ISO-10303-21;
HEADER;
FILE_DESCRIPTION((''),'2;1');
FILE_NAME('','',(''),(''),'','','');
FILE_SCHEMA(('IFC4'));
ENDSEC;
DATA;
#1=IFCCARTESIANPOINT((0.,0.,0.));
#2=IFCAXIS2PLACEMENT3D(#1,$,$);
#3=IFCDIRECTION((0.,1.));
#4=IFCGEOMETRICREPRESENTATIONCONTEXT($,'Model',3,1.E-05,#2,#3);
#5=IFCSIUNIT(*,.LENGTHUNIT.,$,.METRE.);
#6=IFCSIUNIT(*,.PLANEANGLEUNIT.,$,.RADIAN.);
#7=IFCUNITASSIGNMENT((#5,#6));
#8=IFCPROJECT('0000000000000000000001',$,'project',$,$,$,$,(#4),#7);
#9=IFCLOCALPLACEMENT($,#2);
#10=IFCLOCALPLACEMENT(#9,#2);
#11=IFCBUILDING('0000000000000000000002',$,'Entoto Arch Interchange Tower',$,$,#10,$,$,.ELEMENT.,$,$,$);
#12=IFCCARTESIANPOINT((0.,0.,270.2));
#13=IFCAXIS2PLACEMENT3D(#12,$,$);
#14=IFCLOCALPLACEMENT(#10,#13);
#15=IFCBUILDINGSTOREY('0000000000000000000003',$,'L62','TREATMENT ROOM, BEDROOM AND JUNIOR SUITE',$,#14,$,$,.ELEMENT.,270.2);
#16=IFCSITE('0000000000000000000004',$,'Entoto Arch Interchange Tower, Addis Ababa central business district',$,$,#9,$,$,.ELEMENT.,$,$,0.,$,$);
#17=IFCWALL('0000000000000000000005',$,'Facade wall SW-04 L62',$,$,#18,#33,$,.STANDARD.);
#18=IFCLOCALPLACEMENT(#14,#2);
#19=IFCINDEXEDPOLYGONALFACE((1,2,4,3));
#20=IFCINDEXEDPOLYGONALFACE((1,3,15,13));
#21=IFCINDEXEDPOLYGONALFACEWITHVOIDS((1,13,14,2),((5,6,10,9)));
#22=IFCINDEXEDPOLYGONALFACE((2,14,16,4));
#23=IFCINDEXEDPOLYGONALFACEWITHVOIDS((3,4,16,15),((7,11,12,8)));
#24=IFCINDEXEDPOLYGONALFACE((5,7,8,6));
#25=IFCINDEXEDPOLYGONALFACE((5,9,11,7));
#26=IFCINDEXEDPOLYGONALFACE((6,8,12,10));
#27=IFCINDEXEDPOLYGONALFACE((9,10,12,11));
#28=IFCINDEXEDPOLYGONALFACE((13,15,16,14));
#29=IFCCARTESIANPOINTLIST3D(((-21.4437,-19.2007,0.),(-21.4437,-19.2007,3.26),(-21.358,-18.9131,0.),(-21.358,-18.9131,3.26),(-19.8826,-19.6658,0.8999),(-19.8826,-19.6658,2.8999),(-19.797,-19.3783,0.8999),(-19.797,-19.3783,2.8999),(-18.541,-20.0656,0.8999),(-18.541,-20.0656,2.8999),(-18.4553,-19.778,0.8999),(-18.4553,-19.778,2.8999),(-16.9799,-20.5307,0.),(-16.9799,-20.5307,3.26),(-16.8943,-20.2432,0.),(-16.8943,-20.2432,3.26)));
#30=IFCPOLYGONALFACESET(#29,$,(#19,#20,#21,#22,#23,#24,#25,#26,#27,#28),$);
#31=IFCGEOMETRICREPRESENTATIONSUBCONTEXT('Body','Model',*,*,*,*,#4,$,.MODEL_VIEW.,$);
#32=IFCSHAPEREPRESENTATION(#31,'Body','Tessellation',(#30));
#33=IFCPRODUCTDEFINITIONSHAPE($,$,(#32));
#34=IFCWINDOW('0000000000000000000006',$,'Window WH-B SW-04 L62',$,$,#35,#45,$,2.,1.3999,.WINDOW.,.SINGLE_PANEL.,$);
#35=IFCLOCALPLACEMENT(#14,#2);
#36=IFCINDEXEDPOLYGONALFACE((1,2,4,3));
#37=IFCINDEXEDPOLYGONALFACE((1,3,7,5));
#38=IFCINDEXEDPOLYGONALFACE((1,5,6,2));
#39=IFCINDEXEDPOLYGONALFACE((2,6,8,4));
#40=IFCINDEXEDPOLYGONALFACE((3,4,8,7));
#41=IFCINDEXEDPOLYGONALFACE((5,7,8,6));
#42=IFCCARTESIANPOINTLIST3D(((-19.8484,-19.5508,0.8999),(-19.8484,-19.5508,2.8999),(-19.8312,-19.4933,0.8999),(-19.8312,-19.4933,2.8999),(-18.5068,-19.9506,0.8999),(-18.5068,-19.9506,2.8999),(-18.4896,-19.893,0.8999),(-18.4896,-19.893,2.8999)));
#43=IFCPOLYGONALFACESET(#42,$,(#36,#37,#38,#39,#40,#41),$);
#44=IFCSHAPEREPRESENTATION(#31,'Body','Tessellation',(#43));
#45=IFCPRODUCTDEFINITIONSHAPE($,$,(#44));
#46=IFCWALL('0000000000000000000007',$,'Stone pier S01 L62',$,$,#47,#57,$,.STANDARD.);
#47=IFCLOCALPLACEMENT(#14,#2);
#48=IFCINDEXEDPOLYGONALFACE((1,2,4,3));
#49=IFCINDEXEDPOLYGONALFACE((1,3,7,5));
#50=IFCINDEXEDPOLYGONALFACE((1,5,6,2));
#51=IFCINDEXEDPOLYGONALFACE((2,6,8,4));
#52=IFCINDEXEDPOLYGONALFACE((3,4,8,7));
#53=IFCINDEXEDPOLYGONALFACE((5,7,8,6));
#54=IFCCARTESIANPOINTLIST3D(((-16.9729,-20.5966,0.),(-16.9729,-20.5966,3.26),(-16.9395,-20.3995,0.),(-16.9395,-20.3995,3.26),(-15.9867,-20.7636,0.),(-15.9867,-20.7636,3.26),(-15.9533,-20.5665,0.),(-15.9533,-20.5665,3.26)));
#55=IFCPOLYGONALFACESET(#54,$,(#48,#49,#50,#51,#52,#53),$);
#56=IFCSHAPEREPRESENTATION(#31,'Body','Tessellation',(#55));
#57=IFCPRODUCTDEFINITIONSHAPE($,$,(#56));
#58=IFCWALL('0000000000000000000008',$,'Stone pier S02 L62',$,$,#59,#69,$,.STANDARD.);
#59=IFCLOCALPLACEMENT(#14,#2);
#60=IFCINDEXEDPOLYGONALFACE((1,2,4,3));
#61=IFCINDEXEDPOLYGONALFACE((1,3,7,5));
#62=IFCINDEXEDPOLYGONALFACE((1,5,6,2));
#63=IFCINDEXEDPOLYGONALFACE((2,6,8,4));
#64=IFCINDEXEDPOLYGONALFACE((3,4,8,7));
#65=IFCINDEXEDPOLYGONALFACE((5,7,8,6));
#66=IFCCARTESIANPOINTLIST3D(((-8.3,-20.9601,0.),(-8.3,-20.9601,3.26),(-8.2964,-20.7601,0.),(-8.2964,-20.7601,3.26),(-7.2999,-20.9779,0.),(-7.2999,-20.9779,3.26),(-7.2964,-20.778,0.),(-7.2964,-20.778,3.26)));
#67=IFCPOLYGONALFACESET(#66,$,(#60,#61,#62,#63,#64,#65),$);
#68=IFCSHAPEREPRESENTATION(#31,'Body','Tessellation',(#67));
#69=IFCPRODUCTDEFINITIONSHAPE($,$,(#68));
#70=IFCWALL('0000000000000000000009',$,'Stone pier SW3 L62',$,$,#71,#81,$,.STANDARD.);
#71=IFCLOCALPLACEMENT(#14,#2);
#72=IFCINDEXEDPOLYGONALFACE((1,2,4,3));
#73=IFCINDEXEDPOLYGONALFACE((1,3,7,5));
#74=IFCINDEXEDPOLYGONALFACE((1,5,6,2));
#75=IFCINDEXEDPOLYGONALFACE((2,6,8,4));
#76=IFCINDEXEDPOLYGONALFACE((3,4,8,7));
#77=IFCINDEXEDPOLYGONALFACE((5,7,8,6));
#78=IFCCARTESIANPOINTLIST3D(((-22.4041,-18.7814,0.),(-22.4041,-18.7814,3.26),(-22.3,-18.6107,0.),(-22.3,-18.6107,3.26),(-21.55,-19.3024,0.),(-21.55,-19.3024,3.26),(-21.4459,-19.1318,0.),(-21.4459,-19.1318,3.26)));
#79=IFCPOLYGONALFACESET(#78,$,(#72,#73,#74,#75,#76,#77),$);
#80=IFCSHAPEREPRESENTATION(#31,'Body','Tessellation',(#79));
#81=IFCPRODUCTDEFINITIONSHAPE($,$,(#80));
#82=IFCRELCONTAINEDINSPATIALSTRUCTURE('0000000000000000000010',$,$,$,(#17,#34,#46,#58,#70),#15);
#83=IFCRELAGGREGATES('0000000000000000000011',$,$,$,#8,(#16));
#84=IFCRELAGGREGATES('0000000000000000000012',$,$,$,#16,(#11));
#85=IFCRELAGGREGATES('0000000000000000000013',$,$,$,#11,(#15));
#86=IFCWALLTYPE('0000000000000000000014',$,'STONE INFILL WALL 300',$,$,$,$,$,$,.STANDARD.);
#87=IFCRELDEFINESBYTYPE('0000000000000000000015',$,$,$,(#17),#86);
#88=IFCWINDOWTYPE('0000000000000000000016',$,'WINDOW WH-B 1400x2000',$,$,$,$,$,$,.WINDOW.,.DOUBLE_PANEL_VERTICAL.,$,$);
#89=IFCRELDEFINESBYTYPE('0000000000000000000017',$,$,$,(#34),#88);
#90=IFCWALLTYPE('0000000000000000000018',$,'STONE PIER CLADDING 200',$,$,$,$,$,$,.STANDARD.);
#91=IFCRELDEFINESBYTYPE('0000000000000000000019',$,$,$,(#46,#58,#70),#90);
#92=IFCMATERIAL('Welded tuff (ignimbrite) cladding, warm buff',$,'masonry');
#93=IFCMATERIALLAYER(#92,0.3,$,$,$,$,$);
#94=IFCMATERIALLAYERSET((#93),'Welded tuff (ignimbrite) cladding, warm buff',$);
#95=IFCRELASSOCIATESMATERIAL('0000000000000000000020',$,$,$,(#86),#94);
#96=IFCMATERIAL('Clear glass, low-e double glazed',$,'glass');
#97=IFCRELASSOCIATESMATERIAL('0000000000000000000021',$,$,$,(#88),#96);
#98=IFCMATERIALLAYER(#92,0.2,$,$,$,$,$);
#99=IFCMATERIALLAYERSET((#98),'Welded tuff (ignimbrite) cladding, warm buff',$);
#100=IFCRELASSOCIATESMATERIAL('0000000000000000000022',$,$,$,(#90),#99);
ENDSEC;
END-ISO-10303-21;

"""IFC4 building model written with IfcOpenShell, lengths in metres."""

from ifc_helpers import new_model, si_unit, direction, frame, frame_2d, origin, place, context, subcontext, project, spatial, rectangle, extrude, material, layer, layer_set, type_object, element, fill, save


model = new_model("IFC4")

# Units and contexts
model_context = context("Model", 3, precision=1e-05, world=origin(), true_north=direction((0.0, 1.0)))
body_context = subcontext(model_context, "Body", "Model", "MODEL_VIEW")
ifc_project = project(units=[si_unit("LENGTHUNIT", "METRE"), si_unit("PLANEANGLEUNIT", "RADIAN")], contexts=[model_context])

# Site, building, storey
site_placement = place(None, origin())
site = spatial("IfcSite", under=ifc_project, at=site_placement, Name="Entoto Arch Interchange Tower, Addis Ababa central business district", CompositionType="ELEMENT", RefElevation=0.0)
building_placement = place(site_placement, origin())
building = spatial("IfcBuilding", under=site, at=building_placement, Name="Entoto Arch Interchange Tower", CompositionType="ELEMENT")
storey_placement = place(building_placement, frame((0.0, 0.0, 270.2)))
storey = spatial("IfcBuildingStorey", under=building, at=storey_placement, Name="L62", Description="TREATMENT ROOM, BEDROOM AND JUNIOR SUITE", CompositionType="ELEMENT", Elevation=270.2)

# Shared definitions
ifc_material_1 = material(Name="Welded tuff (ignimbrite) cladding, warm buff", Category="masonry")
ifc_layer_1 = layer(ifc_material_1, 0.3)
ifc_layer_set_1 = layer_set([ifc_layer_1], Name="Welded tuff (ignimbrite) cladding, warm buff")
wall_type_1 = type_object("IfcWallType", Name="STONE INFILL WALL 300", PredefinedType="STANDARD", material=ifc_layer_set_1)
ifc_material_2 = material(Name="Clear glass, low-e double glazed", Category="glass")

# Wall, opening, window
window_type_1 = type_object("IfcWindowType", Name="WINDOW WH-B 1400x2000", PartitioningType="DOUBLE_PANEL_VERTICAL", PredefinedType="WINDOW", material=ifc_material_2)
wall_1_placement = place(storey_placement, frame((-21.4009, -19.0569, 0.0), z_axis=(0.0, 0.0, 1.0), x_axis=(0.958361, -0.285559, 0.0)))
wall_1 = element("IfcWall", 1, at=wall_1_placement, inside=storey, type_object=wall_type_1, Name="Facade wall SW-04 L62", PredefinedType="STANDARD", context=body_context, shape_type="SweptSolid", body=[
    extrude(rectangle(XDim=4.6577, YDim=0.3, at=frame_2d((2.3289, 0.0))), origin(), (0.0, 0.0, 1.0), 3.26),
])
opening_1_placement = place(wall_1_placement, frame((1.6289, 0.0, 0.8999)))
opening_1 = element("IfcOpeningElement", 2, at=opening_1_placement, cuts=wall_1, PredefinedType="OPENING", context=body_context, shape_type="SweptSolid", body=[
    extrude(rectangle(XDim=1.3999, YDim=2.0, at=frame_2d((0.7, 1.0))), frame((0.0, 0.1602, 0.0), z_axis=(0.0, -1.0, 0.0), x_axis=(1.0, 0.0, 0.0)), (0.0, 0.0, 1.0), 0.3201),
])
window_1_placement = place(opening_1_placement, origin())
window_1 = element("IfcWindow", 3, at=window_1_placement, inside=storey, type_object=window_type_1, Name="Window WH-B SW-04 L62", OverallHeight=2.0, OverallWidth=1.3999, PartitioningType="SINGLE_PANEL", PredefinedType="WINDOW", context=body_context, shape_type="SweptSolid", body=[
    extrude(rectangle(XDim=1.3999, YDim=2.0, at=frame_2d((0.7, 1.0))), frame((0.0, 0.03, 0.0), z_axis=(0.0, -1.0, 0.0), x_axis=(1.0, 0.0, 0.0)), (0.0, 0.0, 1.0), 0.0601),
])
fill(opening_1, window_1)

# Walls
ifc_layer_2 = layer(ifc_material_1, 0.2)
ifc_layer_set_2 = layer_set([ifc_layer_2], Name="Welded tuff (ignimbrite) cladding, warm buff")
wall_type_2 = type_object("IfcWallType", Name="STONE PIER CLADDING 200", PredefinedType="STANDARD", material=ifc_layer_set_2)
for number, where, z_axis, x_axis, name in (
    (4, (-16.9561, -20.498, 0.0), (0.0, 0.0, 1.0), (0.985962, -0.166971, 0.0), "Stone pier S01 L62"),
    (5, (-8.2981, -20.8601, 0.0), (0.0, 0.0, 1.0), (0.999841, -0.017819, 0.0), "Stone pier S02 L62"),
):
    element("IfcWall", number, at=place(storey_placement, frame(where, z_axis=z_axis, x_axis=x_axis)), inside=storey, type_object=wall_type_2, Name=name, PredefinedType="STANDARD", context=body_context, shape_type="SweptSolid", body=[
        extrude(rectangle(XDim=1.0002, YDim=0.2, at=frame_2d((0.5, 0.0))), origin(), (0.0, 0.0, 1.0), 3.26),
    ])
wall_2_placement = place(storey_placement, frame((-22.3521, -18.696, 0.0), z_axis=(0.0, 0.0, 1.0), x_axis=(0.85368, -0.520798, 0.0)))
element("IfcWall", 6, at=wall_2_placement, inside=storey, type_object=wall_type_2, Name="Stone pier SW3 L62", PredefinedType="STANDARD", context=body_context, shape_type="SweptSolid", body=[
    extrude(rectangle(XDim=1.0005, YDim=0.2, at=frame_2d((0.5002, 0.0))), origin(), (0.0, 0.0, 1.0), 3.26),
])

save(model, "model.ifc")
